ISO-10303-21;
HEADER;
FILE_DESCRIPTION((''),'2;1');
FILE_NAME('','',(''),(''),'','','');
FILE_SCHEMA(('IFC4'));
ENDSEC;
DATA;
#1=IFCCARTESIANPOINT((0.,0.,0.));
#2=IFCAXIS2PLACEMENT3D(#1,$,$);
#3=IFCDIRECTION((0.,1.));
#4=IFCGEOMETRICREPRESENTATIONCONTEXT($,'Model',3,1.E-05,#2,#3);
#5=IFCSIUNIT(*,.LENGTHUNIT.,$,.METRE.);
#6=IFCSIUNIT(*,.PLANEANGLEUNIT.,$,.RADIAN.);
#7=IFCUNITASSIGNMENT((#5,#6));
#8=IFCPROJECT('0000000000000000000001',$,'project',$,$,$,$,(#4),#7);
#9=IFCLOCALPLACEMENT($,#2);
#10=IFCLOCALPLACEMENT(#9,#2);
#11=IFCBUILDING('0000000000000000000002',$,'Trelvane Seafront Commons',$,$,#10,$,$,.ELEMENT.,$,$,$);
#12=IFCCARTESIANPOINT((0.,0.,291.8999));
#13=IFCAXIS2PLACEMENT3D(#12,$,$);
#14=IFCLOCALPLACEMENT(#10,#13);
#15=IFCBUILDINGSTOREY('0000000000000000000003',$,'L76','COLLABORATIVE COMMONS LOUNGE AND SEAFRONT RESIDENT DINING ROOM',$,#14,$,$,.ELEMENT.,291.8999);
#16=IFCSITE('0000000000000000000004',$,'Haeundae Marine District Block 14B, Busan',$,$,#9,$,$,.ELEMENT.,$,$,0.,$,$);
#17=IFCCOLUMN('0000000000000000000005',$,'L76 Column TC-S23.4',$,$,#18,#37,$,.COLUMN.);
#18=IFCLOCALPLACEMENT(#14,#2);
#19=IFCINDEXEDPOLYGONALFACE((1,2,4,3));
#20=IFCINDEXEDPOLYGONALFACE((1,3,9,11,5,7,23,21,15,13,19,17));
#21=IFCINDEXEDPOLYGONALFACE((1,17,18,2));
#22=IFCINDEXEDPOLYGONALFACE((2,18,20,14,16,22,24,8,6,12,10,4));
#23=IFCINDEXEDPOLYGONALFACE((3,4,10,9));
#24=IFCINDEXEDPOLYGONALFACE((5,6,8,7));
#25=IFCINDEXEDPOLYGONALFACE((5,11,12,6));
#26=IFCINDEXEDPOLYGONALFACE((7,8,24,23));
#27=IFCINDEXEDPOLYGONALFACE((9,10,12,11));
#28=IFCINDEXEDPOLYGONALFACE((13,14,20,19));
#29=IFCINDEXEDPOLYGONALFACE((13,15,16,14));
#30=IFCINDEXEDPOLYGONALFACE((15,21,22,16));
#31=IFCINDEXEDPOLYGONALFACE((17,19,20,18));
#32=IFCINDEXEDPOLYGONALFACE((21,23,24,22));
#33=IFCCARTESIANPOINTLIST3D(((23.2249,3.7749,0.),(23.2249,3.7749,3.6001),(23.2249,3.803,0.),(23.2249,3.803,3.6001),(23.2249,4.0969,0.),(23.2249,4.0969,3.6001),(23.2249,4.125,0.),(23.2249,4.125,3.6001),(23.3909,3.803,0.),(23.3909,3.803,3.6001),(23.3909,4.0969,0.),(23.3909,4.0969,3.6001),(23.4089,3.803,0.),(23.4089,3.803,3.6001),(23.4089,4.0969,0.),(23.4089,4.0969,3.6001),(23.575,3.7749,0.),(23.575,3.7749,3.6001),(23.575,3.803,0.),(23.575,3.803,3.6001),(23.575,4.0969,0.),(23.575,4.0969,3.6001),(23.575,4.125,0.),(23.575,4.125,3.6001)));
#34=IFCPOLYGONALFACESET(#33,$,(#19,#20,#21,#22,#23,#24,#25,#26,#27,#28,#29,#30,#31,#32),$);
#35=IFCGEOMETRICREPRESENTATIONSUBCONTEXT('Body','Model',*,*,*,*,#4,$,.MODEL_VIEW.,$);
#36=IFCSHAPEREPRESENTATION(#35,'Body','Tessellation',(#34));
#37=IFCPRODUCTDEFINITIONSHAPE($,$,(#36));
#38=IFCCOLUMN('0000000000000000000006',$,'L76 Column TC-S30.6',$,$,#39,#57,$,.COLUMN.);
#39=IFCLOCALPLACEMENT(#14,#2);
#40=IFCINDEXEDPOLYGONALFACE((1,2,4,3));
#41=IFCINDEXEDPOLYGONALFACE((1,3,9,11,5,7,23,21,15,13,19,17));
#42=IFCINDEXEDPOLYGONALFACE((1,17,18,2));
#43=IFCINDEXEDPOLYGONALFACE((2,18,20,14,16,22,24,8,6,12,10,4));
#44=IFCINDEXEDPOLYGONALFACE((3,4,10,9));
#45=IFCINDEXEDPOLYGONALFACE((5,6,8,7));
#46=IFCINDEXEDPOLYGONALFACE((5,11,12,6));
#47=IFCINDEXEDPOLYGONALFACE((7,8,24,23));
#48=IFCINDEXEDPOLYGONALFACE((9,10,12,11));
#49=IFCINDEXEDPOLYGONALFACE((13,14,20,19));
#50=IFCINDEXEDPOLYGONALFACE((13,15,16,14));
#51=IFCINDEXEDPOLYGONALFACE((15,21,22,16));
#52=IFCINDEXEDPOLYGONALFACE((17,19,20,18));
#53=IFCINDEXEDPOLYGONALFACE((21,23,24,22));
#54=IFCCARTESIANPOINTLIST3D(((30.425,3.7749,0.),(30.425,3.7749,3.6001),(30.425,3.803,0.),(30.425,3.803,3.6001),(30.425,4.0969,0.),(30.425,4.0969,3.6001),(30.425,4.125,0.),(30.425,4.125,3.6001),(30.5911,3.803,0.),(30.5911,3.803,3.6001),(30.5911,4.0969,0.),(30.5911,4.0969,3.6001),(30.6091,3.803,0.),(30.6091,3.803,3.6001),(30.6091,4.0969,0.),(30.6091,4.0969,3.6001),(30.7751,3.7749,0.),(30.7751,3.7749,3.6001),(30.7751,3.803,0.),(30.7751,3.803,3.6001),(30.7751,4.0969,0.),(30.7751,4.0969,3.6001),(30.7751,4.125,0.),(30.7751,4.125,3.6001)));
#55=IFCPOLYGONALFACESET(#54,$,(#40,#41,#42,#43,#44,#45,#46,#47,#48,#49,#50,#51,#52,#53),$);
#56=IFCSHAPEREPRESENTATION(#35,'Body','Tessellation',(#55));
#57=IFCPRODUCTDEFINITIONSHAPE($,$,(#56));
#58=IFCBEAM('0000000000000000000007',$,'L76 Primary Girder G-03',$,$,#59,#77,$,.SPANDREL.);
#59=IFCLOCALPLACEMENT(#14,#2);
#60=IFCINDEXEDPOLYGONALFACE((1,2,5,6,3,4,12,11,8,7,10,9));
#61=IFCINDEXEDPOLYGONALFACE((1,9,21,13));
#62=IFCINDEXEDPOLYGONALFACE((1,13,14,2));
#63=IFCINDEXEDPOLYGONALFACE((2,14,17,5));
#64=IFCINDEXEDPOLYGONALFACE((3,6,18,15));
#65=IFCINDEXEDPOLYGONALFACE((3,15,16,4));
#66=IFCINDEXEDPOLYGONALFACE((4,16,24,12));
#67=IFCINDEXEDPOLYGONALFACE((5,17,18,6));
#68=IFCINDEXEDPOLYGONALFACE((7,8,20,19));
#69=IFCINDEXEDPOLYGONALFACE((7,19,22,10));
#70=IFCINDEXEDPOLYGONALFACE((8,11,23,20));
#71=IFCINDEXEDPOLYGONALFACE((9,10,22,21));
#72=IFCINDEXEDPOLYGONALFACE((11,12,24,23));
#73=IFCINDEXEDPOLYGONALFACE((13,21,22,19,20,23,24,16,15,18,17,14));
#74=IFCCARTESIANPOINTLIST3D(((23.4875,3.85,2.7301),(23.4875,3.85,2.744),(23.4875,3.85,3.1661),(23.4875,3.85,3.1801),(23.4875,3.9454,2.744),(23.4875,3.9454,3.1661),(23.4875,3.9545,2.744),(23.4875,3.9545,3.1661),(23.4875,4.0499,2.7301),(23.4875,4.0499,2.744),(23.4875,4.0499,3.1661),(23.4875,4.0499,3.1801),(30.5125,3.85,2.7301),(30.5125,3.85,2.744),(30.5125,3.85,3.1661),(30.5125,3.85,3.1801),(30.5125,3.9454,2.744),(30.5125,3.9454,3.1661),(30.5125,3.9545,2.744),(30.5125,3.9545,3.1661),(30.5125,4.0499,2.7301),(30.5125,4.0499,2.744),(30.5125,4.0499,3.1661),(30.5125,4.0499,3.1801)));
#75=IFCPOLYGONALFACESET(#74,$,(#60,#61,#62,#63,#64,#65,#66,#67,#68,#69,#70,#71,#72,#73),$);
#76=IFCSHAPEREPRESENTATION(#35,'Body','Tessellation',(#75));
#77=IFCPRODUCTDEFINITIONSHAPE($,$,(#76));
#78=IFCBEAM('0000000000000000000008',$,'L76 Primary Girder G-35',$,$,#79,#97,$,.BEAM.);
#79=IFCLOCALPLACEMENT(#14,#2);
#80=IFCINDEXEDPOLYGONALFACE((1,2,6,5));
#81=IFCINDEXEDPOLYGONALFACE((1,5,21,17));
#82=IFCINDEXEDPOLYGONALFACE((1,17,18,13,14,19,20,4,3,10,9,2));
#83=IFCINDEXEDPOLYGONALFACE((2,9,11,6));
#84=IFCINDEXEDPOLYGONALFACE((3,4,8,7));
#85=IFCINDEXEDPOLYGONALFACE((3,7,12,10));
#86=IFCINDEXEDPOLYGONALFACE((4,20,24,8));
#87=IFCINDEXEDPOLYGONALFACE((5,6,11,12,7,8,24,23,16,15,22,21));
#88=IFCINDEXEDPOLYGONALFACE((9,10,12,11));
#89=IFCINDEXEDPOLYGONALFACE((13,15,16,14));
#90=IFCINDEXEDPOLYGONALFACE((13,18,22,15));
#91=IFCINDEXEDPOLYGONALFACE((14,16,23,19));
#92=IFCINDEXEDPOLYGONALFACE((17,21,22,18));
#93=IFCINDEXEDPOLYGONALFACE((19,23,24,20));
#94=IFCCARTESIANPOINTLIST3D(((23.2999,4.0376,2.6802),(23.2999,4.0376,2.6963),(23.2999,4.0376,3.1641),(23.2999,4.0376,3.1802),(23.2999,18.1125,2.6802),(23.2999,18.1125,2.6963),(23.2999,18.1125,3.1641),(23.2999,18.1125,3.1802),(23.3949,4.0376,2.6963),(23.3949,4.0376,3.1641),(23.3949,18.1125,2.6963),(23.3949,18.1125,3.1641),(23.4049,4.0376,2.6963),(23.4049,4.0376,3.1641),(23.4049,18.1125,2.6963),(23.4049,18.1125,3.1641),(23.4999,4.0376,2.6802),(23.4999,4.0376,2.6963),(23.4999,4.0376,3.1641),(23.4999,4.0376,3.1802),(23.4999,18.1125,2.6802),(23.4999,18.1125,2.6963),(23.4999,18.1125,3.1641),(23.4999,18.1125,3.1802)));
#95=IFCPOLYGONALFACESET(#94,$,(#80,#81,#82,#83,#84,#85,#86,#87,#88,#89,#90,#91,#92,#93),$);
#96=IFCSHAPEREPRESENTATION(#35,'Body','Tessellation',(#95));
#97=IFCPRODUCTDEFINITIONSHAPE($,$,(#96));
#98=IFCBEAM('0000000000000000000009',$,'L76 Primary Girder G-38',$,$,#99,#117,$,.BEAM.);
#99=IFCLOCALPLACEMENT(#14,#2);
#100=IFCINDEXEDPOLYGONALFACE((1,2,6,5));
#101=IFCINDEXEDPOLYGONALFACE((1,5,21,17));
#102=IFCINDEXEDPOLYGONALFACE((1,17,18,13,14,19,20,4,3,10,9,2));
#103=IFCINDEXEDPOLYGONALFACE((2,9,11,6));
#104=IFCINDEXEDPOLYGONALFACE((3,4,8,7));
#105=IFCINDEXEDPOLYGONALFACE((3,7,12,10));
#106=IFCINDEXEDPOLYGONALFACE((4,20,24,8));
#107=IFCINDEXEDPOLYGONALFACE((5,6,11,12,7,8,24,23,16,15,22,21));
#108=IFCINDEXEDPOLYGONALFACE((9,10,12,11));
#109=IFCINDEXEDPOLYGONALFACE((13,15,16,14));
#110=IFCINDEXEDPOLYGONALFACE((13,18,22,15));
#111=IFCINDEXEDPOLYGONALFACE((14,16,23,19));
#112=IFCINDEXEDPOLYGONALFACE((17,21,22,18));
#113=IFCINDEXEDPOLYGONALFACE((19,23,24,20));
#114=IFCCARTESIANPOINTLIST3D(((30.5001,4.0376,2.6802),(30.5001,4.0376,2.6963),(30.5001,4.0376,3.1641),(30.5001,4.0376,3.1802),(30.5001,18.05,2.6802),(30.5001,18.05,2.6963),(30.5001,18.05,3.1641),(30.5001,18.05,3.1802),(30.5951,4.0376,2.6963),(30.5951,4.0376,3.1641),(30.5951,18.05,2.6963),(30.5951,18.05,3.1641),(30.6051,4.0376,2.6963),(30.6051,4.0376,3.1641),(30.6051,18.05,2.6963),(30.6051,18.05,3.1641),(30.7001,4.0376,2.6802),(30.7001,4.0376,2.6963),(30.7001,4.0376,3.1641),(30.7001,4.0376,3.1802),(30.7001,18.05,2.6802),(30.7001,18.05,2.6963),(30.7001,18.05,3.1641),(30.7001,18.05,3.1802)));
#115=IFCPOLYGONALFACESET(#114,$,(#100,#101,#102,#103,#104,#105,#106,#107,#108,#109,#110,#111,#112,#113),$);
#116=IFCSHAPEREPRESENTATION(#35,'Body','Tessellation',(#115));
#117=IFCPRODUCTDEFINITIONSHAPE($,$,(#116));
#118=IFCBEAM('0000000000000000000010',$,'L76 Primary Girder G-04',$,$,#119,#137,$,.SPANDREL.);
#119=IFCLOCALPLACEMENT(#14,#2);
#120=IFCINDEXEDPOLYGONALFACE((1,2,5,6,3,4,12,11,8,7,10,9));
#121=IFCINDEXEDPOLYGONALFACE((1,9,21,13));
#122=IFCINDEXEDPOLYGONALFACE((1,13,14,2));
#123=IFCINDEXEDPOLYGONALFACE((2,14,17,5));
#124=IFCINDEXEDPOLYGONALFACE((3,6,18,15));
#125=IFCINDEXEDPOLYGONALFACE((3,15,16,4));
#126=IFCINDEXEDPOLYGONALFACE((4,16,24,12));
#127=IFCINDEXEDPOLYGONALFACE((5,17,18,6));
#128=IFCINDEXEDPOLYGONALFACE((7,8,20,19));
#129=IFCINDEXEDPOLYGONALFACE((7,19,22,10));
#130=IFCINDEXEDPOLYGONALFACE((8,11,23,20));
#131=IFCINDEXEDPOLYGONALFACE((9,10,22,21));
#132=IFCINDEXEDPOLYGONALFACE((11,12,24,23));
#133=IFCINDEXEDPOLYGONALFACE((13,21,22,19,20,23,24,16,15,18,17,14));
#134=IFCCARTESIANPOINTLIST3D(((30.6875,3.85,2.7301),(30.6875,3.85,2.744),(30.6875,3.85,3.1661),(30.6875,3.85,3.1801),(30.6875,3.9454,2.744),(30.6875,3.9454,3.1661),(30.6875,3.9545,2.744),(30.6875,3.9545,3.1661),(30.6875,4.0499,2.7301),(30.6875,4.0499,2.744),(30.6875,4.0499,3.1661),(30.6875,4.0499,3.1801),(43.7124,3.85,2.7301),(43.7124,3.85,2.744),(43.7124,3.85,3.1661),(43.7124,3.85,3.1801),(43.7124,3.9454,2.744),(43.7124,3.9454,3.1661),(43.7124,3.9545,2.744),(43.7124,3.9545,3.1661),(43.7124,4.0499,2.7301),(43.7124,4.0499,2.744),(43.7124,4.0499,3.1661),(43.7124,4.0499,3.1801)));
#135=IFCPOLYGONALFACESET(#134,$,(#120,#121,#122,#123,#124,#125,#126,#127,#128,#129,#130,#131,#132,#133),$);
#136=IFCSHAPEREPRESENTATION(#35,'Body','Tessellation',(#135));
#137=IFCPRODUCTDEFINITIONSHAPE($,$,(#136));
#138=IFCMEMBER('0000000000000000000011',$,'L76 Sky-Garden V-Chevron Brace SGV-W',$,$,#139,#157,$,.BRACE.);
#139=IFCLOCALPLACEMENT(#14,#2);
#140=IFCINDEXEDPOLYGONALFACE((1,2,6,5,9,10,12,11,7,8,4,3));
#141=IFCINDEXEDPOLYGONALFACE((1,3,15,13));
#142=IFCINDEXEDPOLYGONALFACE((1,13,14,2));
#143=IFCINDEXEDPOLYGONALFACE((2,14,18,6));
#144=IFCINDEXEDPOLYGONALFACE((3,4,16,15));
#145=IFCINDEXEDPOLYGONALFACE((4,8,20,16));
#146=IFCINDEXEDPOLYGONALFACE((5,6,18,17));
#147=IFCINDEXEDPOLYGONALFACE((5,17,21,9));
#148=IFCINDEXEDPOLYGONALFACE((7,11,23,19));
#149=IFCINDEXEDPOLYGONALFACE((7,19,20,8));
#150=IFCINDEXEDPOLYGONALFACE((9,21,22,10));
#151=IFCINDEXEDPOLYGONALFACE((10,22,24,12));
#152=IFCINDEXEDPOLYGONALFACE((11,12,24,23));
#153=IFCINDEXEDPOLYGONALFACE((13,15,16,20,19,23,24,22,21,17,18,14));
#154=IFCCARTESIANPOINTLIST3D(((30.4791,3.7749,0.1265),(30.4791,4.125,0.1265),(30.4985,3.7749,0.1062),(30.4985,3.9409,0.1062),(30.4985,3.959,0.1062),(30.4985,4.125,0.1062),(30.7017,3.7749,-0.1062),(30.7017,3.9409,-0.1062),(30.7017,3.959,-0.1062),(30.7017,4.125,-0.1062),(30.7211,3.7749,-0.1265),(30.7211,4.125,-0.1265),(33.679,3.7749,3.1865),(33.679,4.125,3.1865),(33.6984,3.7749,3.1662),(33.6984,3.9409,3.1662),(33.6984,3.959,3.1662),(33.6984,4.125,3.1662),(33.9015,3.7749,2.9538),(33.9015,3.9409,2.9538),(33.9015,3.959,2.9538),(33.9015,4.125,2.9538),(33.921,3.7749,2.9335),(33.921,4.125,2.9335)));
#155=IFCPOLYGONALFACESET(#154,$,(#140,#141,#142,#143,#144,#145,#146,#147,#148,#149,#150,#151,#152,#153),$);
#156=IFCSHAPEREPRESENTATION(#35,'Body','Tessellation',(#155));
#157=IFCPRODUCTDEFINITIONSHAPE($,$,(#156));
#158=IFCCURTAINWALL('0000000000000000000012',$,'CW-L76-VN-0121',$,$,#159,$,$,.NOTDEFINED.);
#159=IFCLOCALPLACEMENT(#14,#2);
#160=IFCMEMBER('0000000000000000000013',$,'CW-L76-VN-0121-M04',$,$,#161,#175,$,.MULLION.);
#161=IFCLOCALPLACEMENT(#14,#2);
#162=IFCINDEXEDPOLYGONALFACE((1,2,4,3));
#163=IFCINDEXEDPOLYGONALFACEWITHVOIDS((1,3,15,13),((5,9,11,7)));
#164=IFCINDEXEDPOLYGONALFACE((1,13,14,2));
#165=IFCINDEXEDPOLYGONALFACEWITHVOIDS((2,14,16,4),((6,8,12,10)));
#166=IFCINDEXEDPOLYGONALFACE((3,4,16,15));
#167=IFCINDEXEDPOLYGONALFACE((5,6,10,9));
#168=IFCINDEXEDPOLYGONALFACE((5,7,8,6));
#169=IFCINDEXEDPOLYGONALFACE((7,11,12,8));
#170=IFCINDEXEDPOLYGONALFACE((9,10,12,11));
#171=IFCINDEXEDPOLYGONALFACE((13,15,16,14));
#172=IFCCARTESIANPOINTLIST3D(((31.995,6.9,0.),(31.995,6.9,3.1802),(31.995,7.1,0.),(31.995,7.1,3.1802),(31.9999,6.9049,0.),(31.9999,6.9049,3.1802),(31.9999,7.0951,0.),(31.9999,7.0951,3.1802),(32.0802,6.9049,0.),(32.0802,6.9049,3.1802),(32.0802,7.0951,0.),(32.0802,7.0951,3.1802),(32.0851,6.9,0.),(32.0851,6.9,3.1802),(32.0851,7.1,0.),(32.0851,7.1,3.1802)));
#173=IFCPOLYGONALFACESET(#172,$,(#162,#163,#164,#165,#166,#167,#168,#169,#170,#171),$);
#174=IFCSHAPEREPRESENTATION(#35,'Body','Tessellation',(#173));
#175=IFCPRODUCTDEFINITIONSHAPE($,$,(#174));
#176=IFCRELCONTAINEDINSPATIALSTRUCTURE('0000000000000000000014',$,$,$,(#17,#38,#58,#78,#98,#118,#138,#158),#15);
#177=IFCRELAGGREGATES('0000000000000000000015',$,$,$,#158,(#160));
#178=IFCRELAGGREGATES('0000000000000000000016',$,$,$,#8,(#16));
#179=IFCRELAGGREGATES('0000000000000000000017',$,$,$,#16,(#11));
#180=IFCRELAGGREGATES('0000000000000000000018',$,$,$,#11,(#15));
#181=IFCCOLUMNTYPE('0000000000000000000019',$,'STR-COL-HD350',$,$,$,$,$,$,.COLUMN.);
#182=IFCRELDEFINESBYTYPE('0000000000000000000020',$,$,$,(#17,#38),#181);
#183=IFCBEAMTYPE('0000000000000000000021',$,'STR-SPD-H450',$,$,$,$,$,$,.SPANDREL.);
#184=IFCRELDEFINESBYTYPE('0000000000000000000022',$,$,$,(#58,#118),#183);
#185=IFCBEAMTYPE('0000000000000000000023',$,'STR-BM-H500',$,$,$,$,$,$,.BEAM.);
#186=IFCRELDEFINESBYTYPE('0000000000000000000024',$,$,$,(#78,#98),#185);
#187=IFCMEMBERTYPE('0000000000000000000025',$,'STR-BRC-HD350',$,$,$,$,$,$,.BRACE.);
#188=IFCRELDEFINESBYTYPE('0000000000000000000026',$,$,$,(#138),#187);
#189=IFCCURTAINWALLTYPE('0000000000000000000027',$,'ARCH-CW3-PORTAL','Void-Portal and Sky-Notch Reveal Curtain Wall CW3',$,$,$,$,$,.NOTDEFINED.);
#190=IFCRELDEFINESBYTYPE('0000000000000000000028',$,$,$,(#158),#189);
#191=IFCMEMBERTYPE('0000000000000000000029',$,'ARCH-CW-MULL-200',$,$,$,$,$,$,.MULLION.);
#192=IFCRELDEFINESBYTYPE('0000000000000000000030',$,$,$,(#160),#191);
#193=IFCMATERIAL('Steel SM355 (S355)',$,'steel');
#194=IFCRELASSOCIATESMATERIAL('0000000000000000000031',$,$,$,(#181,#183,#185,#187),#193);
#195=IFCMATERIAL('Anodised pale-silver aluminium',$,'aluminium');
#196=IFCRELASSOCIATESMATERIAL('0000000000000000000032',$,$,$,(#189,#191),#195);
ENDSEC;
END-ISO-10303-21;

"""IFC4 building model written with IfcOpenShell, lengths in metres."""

from ifc_helpers import new_model, si_unit, direction, frame, origin, origin_2d, place, context, subcontext, project, spatial, hollow_rectangle, i_section, extrude, source, transform, mapped, material, material_profile, profile_set, type_object, element, aggregate, save


model = new_model("IFC4")

# Units and contexts
model_context = context("Model", 3, precision=1e-05, world=origin(), true_north=direction((0.0, 1.0)))
body_context = subcontext(model_context, "Body", "Model", "MODEL_VIEW")
ifc_project = project(units=[si_unit("LENGTHUNIT", "METRE"), si_unit("PLANEANGLEUNIT", "RADIAN")], contexts=[model_context])

# Site, building, storey
site_placement = place(None, origin())
site = spatial("IfcSite", under=ifc_project, at=site_placement, Name="Haeundae Marine District Block 14B, Busan", CompositionType="ELEMENT", RefElevation=0.0)
building_placement = place(site_placement, origin())
building = spatial("IfcBuilding", under=site, at=building_placement, Name="Trelvane Seafront Commons", CompositionType="ELEMENT")
storey_placement = place(building_placement, frame((0.0, 0.0, 291.8999)))
storey = spatial("IfcBuildingStorey", under=building, at=storey_placement, Name="L76", Description="COLLABORATIVE COMMONS LOUNGE AND SEAFRONT RESIDENT DINING ROOM", CompositionType="ELEMENT", Elevation=291.8999)

# Columns
ifc_material_1 = material(Name="Steel SM355 (S355)", Category="steel")
ifc_material_profile_1 = material_profile(ifc_material_1, i_section(OverallWidth=0.3501, OverallDepth=0.3501, WebThickness=0.0181, FlangeThickness=0.0281, at=origin_2d()), Name="HD-350x350x18x28")
ifc_profile_set_1 = profile_set([ifc_material_profile_1], Name="Steel SM355 (S355)")
column_type = type_object("IfcColumnType", Name="STR-COL-HD350", PredefinedType="COLUMN", material=ifc_profile_set_1)
shared_shape_1 = source(origin(), body_context, "Body", "SweptSolid", [
    extrude(i_section(OverallWidth=0.3501, OverallDepth=0.3501, WebThickness=0.0181, FlangeThickness=0.0281, at=origin_2d()), origin(), (0.0, 0.0, 1.0), 3.6001),
])
for number, where, z_axis, x_axis, name in (
    (1, (23.3999, 3.95, 0.0), (0.0, 0.0, 1.0), (1.0, 0.0, 0.0), "L76 Column TC-S23.4"),
    (2, (30.6001, 3.95, 0.0), (0.0, 0.0, 1.0), (1.0, 0.0, 0.0), "L76 Column TC-S30.6"),
):
    element("IfcColumn", number, at=place(storey_placement, frame(where, z_axis=z_axis, x_axis=x_axis)), inside=storey, type_object=column_type, Name=name, PredefinedType="COLUMN", context=body_context, shape_type="MappedRepresentation", body=[
        mapped(shared_shape_1, transform((0.0, 0.0, 0.0), x_axis=(1.0, 0.0, 0.0), y_axis=(0.0, 1.0, 0.0), z_axis=(0.0, 0.0, 1.0), scale=1.0)),
    ])

# Beams
ifc_material_profile_2 = material_profile(ifc_material_1, i_section(OverallWidth=0.2, OverallDepth=0.45, WebThickness=0.009, FlangeThickness=0.0139, at=origin_2d()), Name="H-450x200x9x14")
ifc_profile_set_2 = profile_set([ifc_material_profile_2], Name="Steel SM355 (S355)")
beam_type_1 = type_object("IfcBeamType", Name="STR-SPD-H450", PredefinedType="SPANDREL", material=ifc_profile_set_2)
shared_shape_2 = source(origin(), body_context, "Body", "SweptSolid", [
    extrude(i_section(OverallWidth=0.2, OverallDepth=0.45, WebThickness=0.009, FlangeThickness=0.0139, at=origin_2d()), origin(), (0.0, 0.0, 1.0), 7.0249),
])
beam_1_placement = place(storey_placement, frame((23.4875, 3.95, 2.9551), z_axis=(1.0, 0.0, 0.0), x_axis=(0.0, 1.0, 0.0)))
element("IfcBeam", 3, at=beam_1_placement, inside=storey, type_object=beam_type_1, Name="L76 Primary Girder G-03", PredefinedType="SPANDREL", context=body_context, shape_type="MappedRepresentation", body=[
    mapped(shared_shape_2, transform((0.0, 0.0, 0.0), x_axis=(1.0, 0.0, 0.0), y_axis=(0.0, 1.0, 0.0), z_axis=(0.0, 0.0, 1.0), scale=1.0)),
])
ifc_material_profile_3 = material_profile(ifc_material_1, i_section(OverallWidth=0.2, OverallDepth=0.5, WebThickness=0.01, FlangeThickness=0.0161, at=origin_2d()), Name="H-500x200x10x16")
ifc_profile_set_3 = profile_set([ifc_material_profile_3], Name="Steel SM355 (S355)")
beam_type_2 = type_object("IfcBeamType", Name="STR-BM-H500", PredefinedType="BEAM", material=ifc_profile_set_3)
shared_shape_3 = source(origin(), body_context, "Body", "SweptSolid", [
    extrude(i_section(OverallWidth=0.2, OverallDepth=0.5, WebThickness=0.01, FlangeThickness=0.0161, at=origin_2d()), origin(), (0.0, 0.0, 1.0), 14.075),
])
beam_2_placement = place(storey_placement, frame((23.3999, 4.0376, 2.9302), z_axis=(0.0, 1.0, 0.0), x_axis=(-1.0, 0.0, 0.0)))
element("IfcBeam", 4, at=beam_2_placement, inside=storey, type_object=beam_type_2, Name="L76 Primary Girder G-35", PredefinedType="BEAM", context=body_context, shape_type="MappedRepresentation", body=[
    mapped(shared_shape_3, transform((0.0, 0.0, 0.0), x_axis=(1.0, 0.0, 0.0), y_axis=(0.0, 1.0, 0.0), z_axis=(0.0, 0.0, 1.0), scale=1.0)),
])
shared_shape_4 = source(origin(), body_context, "Body", "SweptSolid", [
    extrude(i_section(OverallWidth=0.2, OverallDepth=0.5, WebThickness=0.01, FlangeThickness=0.0161, at=origin_2d()), origin(), (0.0, 0.0, 1.0), 14.0125),
])
beam_3_placement = place(storey_placement, frame((30.6001, 4.0376, 2.9302), z_axis=(0.0, 1.0, 0.0), x_axis=(-1.0, 0.0, 0.0)))
element("IfcBeam", 5, at=beam_3_placement, inside=storey, type_object=beam_type_2, Name="L76 Primary Girder G-38", PredefinedType="BEAM", context=body_context, shape_type="MappedRepresentation", body=[
    mapped(shared_shape_4, transform((0.0, 0.0, 0.0), x_axis=(1.0, 0.0, 0.0), y_axis=(0.0, 1.0, 0.0), z_axis=(0.0, 0.0, 1.0), scale=1.0)),
])
shared_shape_5 = source(origin(), body_context, "Body", "SweptSolid", [
    extrude(i_section(OverallWidth=0.2, OverallDepth=0.45, WebThickness=0.009, FlangeThickness=0.0139, at=origin_2d()), origin(), (0.0, 0.0, 1.0), 13.0249),
])
beam_4_placement = place(storey_placement, frame((30.6875, 3.95, 2.9551), z_axis=(1.0, 0.0, 0.0), x_axis=(0.0, 1.0, 0.0)))
element("IfcBeam", 6, at=beam_4_placement, inside=storey, type_object=beam_type_1, Name="L76 Primary Girder G-04", PredefinedType="SPANDREL", context=body_context, shape_type="MappedRepresentation", body=[
    mapped(shared_shape_5, transform((0.0, 0.0, 0.0), x_axis=(1.0, 0.0, 0.0), y_axis=(0.0, 1.0, 0.0), z_axis=(0.0, 0.0, 1.0), scale=1.0)),
])

# Member
ifc_material_profile_4 = material_profile(ifc_material_1, i_section(OverallWidth=0.3501, OverallDepth=0.3501, WebThickness=0.0181, FlangeThickness=0.0281, at=origin_2d()), Name="HD-350x350x18x28")
ifc_profile_set_4 = profile_set([ifc_material_profile_4], Name="Steel SM355 (S355)")
member_type_1 = type_object("IfcMemberType", Name="STR-BRC-HD350", PredefinedType="BRACE", material=ifc_profile_set_4)
shared_shape_6 = source(origin(), body_context, "Body", "SweptSolid", [
    extrude(i_section(OverallWidth=0.3501, OverallDepth=0.3501, WebThickness=0.0181, FlangeThickness=0.0281, at=origin_2d()), origin(), (0.0, 0.0, 1.0), 4.4275),
])
member_1_placement = place(storey_placement, frame((30.6001, 3.95, 0.0), z_axis=(0.722728, 0.0, 0.691132), x_axis=(0.0, 1.0, 0.0)))
element("IfcMember", 7, at=member_1_placement, inside=storey, type_object=member_type_1, Name="L76 Sky-Garden V-Chevron Brace SGV-W", PredefinedType="BRACE", context=body_context, shape_type="MappedRepresentation", body=[
    mapped(shared_shape_6, transform((0.0, 0.0, 0.0), x_axis=(1.0, 0.0, 0.0), y_axis=(0.0, 1.0, 0.0), z_axis=(0.0, 0.0, 1.0), scale=1.0)),
])

# Curtain wall, member
ifc_material_2 = material(Name="Anodised pale-silver aluminium", Category="aluminium")
curtain_wall_type = type_object("IfcCurtainWallType", Name="ARCH-CW3-PORTAL", Description="Void-Portal and Sky-Notch Reveal Curtain Wall CW3", PredefinedType="NOTDEFINED", material=ifc_material_2)
curtain_wall_placement = place(storey_placement, origin())
curtain_wall = element("IfcCurtainWall", 8, at=curtain_wall_placement, inside=storey, type_object=curtain_wall_type, Name="CW-L76-VN-0121", PredefinedType="NOTDEFINED")
ifc_material_profile_5 = material_profile(ifc_material_2, hollow_rectangle(XDim=0.0901, YDim=0.2, WallThickness=0.0049, at=origin_2d()), Name="MULL-90x200x5")
ifc_profile_set_5 = profile_set([ifc_material_profile_5], Name="Anodised pale-silver aluminium")
member_type_2 = type_object("IfcMemberType", Name="ARCH-CW-MULL-200", PredefinedType="MULLION", material=ifc_profile_set_5)
shared_shape_7 = source(origin(), body_context, "Body", "SweptSolid", [
    extrude(hollow_rectangle(XDim=0.0901, YDim=0.2, WallThickness=0.0049, at=origin_2d()), origin(), (0.0, 0.0, 1.0), 3.1802),
])
member_2_placement = place(storey_placement, frame((32.04, 7.0, 0.0), z_axis=(0.0, 0.0, 1.0), x_axis=(1.0, 0.0, 0.0)))
member_2 = element("IfcMember", 9, at=member_2_placement, type_object=member_type_2, Name="CW-L76-VN-0121-M04", PredefinedType="MULLION", context=body_context, shape_type="MappedRepresentation", body=[
    mapped(shared_shape_7, transform((0.0, 0.0, 0.0), x_axis=(1.0, 0.0, 0.0), y_axis=(0.0, 1.0, 0.0), z_axis=(0.0, 0.0, 1.0), scale=1.0)),
])

aggregate(curtain_wall, [member_2])

save(model, "model.ifc")
